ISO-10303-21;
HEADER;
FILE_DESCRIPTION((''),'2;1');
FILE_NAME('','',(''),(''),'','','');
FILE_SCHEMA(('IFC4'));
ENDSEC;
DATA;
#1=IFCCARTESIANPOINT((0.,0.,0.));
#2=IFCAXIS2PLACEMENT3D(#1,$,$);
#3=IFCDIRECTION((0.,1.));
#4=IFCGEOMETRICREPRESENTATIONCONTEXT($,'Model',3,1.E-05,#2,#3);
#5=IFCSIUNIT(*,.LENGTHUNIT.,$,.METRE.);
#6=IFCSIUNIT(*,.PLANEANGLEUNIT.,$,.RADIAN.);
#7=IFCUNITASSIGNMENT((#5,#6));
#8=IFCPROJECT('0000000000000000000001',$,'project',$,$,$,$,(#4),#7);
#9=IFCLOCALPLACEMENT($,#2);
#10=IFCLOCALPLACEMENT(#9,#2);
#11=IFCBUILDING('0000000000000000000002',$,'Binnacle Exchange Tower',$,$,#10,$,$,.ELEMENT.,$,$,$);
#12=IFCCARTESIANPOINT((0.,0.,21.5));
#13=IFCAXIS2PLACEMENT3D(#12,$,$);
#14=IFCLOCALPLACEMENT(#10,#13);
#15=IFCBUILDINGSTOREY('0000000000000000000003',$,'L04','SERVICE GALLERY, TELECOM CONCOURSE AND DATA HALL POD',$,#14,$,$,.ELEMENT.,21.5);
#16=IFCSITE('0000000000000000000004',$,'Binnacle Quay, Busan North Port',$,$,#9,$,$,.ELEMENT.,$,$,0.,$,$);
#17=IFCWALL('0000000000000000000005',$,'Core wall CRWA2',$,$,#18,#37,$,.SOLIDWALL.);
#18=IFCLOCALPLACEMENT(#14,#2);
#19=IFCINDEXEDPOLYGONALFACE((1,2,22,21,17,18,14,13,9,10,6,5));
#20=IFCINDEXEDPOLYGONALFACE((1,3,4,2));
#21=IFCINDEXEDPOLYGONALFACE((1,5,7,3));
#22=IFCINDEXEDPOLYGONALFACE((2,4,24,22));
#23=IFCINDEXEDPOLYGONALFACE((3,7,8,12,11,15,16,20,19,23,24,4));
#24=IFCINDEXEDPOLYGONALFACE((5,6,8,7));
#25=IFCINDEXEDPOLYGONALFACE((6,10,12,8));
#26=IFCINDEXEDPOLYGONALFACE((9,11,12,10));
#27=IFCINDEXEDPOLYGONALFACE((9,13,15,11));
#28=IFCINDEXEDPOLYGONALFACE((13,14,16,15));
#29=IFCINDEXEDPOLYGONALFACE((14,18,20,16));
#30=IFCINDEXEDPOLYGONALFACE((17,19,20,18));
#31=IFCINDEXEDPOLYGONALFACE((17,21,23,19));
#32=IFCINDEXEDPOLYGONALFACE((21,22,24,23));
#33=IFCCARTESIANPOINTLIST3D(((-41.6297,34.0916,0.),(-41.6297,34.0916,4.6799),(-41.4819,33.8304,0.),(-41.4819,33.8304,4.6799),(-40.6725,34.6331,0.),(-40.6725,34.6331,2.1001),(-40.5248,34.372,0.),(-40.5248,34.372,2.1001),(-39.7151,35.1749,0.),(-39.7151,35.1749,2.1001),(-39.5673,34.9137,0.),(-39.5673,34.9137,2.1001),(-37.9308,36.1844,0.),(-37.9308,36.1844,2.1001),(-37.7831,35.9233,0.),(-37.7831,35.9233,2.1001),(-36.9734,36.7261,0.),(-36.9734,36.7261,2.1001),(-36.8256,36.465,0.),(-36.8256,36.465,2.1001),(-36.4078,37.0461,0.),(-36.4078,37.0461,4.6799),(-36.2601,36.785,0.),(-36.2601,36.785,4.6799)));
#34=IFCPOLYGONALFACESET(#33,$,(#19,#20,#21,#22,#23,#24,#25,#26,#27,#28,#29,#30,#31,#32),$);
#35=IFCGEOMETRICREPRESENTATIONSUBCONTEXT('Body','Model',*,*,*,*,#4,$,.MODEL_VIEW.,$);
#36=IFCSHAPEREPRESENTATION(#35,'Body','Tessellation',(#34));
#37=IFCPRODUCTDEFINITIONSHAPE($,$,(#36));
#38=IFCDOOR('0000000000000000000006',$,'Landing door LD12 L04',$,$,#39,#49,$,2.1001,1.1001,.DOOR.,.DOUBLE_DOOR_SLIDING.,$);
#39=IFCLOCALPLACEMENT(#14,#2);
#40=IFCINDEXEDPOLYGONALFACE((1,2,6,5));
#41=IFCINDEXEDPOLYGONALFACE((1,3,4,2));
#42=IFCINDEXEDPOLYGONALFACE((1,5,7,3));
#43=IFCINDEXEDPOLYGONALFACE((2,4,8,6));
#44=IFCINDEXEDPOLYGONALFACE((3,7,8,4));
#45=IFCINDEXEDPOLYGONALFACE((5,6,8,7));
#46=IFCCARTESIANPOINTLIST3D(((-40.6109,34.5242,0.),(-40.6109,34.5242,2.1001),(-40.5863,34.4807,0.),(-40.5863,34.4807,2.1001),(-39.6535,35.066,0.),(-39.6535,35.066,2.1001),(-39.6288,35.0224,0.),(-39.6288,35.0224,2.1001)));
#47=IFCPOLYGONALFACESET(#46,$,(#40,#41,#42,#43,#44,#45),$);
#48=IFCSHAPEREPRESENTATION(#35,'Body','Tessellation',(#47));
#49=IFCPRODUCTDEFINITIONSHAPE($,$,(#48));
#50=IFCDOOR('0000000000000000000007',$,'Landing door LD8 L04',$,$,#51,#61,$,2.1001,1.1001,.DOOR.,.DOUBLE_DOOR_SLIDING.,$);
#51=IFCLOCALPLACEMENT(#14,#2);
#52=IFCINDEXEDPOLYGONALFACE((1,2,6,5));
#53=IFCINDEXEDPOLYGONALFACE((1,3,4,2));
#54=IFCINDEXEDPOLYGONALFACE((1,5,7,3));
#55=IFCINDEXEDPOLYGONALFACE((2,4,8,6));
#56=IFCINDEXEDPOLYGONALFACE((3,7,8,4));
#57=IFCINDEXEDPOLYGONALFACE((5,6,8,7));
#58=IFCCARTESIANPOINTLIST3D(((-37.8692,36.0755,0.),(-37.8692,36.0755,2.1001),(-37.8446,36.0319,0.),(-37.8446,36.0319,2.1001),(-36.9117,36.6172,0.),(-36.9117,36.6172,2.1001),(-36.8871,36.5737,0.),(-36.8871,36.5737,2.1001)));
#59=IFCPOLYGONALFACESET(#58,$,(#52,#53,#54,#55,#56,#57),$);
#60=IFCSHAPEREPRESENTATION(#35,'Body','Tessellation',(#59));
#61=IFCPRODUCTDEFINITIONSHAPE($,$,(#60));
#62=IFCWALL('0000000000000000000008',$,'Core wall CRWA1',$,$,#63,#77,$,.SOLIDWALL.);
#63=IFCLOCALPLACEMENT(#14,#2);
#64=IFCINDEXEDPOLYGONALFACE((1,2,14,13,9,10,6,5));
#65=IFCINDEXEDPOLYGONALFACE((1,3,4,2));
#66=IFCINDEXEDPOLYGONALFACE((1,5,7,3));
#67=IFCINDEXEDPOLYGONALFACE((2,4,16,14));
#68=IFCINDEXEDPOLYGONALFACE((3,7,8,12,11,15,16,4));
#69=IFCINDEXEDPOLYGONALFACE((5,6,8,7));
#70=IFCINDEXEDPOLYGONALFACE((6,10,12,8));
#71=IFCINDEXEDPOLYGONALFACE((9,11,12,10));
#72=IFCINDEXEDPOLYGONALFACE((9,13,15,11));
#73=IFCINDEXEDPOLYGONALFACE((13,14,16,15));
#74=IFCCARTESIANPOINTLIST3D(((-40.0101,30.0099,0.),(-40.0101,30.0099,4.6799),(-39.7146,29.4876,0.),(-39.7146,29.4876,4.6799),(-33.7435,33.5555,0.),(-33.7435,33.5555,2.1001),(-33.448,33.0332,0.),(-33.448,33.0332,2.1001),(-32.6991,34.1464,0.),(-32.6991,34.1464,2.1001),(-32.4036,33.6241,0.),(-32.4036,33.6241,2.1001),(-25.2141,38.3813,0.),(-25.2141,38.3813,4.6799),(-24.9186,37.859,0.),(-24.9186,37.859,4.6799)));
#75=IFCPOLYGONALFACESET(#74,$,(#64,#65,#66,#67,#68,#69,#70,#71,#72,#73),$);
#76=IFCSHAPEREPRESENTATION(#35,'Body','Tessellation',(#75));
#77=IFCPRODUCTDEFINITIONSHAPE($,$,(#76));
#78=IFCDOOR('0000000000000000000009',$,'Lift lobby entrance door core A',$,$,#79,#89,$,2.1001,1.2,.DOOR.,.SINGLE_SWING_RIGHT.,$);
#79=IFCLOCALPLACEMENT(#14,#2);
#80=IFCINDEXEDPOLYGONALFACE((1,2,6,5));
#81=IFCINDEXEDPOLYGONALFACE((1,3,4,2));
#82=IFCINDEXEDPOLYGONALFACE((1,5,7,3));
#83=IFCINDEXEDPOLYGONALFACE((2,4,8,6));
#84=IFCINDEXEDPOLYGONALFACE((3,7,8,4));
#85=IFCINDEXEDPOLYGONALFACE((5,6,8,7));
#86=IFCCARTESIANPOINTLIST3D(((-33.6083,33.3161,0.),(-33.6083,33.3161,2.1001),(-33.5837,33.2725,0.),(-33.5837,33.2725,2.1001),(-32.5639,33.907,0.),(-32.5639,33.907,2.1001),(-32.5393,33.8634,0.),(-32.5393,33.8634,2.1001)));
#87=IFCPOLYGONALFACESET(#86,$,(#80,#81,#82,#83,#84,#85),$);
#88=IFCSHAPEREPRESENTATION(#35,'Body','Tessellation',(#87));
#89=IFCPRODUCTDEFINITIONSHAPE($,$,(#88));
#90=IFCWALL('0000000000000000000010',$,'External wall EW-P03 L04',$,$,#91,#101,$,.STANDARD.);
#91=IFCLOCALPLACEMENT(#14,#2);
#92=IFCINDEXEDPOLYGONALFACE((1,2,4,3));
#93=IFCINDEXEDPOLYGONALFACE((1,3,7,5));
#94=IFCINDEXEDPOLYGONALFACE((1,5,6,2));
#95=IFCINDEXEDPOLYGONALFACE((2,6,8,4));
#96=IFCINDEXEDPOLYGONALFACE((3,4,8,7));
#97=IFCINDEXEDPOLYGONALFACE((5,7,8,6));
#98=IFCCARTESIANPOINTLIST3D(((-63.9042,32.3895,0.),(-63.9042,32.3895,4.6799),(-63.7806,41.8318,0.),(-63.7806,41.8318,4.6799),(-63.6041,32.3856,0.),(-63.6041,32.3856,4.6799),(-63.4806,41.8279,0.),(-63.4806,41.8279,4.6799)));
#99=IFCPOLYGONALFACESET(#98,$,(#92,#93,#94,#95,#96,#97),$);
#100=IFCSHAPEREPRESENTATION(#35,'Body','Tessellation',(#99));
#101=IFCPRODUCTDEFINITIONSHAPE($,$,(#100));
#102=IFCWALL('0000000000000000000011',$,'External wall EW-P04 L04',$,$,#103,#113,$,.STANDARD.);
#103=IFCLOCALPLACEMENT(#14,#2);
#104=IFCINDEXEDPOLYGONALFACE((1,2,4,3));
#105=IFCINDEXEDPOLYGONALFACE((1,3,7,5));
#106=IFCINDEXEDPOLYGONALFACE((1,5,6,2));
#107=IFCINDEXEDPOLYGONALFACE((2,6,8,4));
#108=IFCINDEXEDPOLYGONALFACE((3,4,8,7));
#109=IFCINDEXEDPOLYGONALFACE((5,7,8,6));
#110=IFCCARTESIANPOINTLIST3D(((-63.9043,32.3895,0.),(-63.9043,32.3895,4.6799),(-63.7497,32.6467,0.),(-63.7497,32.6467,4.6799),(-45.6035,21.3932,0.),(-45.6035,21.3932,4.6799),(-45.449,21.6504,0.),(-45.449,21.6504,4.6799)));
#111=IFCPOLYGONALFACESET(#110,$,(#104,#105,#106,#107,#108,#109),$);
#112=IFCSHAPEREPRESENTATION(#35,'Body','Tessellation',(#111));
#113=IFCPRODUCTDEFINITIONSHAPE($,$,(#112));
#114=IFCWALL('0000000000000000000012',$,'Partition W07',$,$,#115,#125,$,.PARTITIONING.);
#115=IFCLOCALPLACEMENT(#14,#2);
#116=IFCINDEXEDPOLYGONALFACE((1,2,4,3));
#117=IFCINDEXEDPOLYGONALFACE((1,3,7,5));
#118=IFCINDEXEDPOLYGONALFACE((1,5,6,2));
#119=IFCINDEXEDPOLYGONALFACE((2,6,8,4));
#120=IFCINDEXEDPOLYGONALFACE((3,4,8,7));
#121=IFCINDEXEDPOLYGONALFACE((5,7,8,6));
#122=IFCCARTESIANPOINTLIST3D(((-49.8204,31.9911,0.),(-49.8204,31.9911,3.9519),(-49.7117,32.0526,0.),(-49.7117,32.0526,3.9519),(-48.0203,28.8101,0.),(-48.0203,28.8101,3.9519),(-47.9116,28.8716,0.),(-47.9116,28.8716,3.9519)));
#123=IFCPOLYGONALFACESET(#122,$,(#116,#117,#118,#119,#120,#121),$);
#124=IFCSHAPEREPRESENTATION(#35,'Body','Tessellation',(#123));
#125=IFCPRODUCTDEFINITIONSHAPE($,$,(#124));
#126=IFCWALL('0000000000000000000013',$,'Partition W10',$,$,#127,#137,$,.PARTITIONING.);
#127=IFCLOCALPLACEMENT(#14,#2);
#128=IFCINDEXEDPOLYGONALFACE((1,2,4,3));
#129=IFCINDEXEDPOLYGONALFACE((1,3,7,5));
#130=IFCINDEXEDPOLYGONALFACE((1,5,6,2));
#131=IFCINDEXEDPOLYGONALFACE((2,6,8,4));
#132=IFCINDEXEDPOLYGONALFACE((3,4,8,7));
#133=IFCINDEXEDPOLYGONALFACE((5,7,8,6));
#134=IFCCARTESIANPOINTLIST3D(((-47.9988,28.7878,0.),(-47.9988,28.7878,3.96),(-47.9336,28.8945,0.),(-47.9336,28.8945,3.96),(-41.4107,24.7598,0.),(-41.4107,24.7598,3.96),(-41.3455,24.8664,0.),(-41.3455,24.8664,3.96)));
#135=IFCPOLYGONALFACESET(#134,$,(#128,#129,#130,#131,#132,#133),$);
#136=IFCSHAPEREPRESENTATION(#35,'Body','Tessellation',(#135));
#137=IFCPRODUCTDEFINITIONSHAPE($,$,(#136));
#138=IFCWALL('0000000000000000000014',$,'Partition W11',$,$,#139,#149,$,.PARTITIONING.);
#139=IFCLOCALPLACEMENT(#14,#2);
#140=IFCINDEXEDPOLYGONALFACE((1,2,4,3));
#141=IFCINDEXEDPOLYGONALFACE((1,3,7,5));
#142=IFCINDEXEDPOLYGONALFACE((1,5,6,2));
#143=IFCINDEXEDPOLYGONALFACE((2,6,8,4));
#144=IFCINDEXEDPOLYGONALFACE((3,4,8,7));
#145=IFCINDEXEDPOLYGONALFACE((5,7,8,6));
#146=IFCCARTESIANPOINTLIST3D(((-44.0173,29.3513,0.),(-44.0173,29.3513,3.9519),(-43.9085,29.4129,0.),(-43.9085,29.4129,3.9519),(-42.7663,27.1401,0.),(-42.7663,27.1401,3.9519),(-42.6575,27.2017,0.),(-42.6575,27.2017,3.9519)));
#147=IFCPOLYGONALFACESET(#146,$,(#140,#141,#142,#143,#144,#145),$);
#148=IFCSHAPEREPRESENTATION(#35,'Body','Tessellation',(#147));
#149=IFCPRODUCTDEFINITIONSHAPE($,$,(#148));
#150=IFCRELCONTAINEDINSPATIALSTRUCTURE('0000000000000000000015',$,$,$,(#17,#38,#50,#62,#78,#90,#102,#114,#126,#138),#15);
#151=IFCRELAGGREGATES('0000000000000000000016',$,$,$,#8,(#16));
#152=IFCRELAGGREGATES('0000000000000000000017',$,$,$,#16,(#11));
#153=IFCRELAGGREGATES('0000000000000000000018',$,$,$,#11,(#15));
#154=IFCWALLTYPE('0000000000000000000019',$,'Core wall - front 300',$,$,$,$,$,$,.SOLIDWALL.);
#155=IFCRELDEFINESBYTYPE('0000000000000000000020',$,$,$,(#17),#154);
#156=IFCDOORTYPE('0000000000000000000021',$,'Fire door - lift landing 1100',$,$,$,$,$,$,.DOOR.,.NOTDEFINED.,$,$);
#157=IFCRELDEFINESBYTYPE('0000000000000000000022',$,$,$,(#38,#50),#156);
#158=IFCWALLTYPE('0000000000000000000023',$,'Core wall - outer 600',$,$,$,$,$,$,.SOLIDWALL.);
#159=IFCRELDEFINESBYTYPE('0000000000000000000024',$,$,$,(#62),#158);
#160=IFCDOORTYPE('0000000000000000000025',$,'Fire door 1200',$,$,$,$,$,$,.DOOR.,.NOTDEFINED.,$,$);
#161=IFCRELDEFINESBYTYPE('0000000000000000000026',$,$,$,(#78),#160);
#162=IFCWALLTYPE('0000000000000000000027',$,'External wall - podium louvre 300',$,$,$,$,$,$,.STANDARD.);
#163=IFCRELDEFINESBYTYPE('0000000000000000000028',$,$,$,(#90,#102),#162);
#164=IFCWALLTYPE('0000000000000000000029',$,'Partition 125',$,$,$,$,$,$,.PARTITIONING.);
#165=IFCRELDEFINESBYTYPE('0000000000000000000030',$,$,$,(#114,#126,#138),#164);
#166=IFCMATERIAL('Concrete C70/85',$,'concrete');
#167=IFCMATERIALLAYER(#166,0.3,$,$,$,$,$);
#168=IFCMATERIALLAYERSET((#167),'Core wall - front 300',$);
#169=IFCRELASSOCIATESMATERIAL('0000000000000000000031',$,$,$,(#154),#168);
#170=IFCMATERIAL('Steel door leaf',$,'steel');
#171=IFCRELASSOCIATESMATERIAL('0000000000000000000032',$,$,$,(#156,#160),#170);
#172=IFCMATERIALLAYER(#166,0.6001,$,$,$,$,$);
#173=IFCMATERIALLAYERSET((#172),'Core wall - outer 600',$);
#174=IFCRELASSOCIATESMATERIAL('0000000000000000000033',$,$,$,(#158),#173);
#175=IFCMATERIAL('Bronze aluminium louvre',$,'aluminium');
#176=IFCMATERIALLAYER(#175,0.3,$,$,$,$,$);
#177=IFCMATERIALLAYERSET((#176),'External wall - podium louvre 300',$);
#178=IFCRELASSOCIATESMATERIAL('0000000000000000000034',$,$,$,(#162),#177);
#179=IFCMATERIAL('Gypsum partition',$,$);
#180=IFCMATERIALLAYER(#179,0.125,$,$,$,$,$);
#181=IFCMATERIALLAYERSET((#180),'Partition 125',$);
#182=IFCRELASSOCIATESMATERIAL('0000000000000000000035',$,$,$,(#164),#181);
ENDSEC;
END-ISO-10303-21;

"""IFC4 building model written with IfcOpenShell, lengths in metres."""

from ifc_helpers import new_model, si_unit, direction, frame, frame_2d, origin, place, context, subcontext, project, spatial, rectangle, extrude, material, layer, layer_set, type_object, element, fill, save


model = new_model("IFC4")

# Units and contexts
model_context = context("Model", 3, precision=1e-05, world=origin(), true_north=direction((0.0, 1.0)))
body_context = subcontext(model_context, "Body", "Model", "MODEL_VIEW")
ifc_project = project(units=[si_unit("LENGTHUNIT", "METRE"), si_unit("PLANEANGLEUNIT", "RADIAN")], contexts=[model_context])

# Site, building, storey
site_placement = place(None, origin())
site = spatial("IfcSite", under=ifc_project, at=site_placement, Name="Binnacle Quay, Busan North Port", CompositionType="ELEMENT", RefElevation=0.0)
building_placement = place(site_placement, origin())
building = spatial("IfcBuilding", under=site, at=building_placement, Name="Binnacle Exchange Tower", CompositionType="ELEMENT")
storey_placement = place(building_placement, frame((0.0, 0.0, 21.5)))
storey = spatial("IfcBuildingStorey", under=building, at=storey_placement, Name="L04", Description="SERVICE GALLERY, TELECOM CONCOURSE AND DATA HALL POD", CompositionType="ELEMENT", Elevation=21.5)

# Shared definitions
ifc_material_1 = material(Name="Concrete C70/85", Category="concrete")

# Wall, openings, doors
ifc_layer_1 = layer(ifc_material_1, 0.3)
ifc_layer_set_1 = layer_set([ifc_layer_1], Name="Core wall - front 300")
wall_type_1 = type_object("IfcWallType", Name="Core wall - front 300", PredefinedType="SOLIDWALL", material=ifc_layer_set_1)
wall_1_placement = place(storey_placement, frame((-41.5559, 33.9609, 0.0), z_axis=(0.0, 0.0, 1.0), x_axis=(0.870344, 0.492445, 0.0)))
wall_1 = element("IfcWall", 1, at=wall_1_placement, inside=storey, type_object=wall_type_1, Name="Core wall CRWA2", PredefinedType="SOLIDWALL", context=body_context, shape_type="SweptSolid", body=[
    extrude(rectangle(XDim=5.9998, YDim=0.3, at=frame_2d((3.0, 0.0))), origin(), (0.0, 0.0, 1.0), 4.6799),
])
opening_1_placement = place(wall_1_placement, frame((1.0999, 0.0, 0.0)))
opening_1 = element("IfcOpeningElement", 2, at=opening_1_placement, cuts=wall_1, PredefinedType="OPENING", context=body_context, shape_type="SweptSolid", body=[
    extrude(rectangle(XDim=1.1001, YDim=2.1001, at=frame_2d((0.55, 1.05))), frame((0.0, 0.1599, 0.0), z_axis=(0.0, -1.0, 0.0), x_axis=(1.0, 0.0, 0.0)), (0.0, 0.0, 1.0), 0.3201),
])
opening_2_placement = place(wall_1_placement, frame((4.25, 0.0, 0.0)))
opening_2 = element("IfcOpeningElement", 3, at=opening_2_placement, cuts=wall_1, PredefinedType="OPENING", context=body_context, shape_type="SweptSolid", body=[
    extrude(rectangle(XDim=1.1001, YDim=2.1001, at=frame_2d((0.55, 1.05))), frame((0.0, 0.1599, 0.0), z_axis=(0.0, -1.0, 0.0), x_axis=(1.0, 0.0, 0.0)), (0.0, 0.0, 1.0), 0.3201),
])
ifc_material_2 = material(Name="Steel door leaf", Category="steel")
door_type_1 = type_object("IfcDoorType", Name="Fire door - lift landing 1100", OperationType="NOTDEFINED", PredefinedType="DOOR", material=ifc_material_2)
door_1_placement = place(opening_1_placement, origin())
door_1 = element("IfcDoor", 4, at=door_1_placement, inside=storey, type_object=door_type_1, Name="Landing door LD12 L04", OperationType="DOUBLE_DOOR_SLIDING", OverallHeight=2.1001, OverallWidth=1.1001, PredefinedType="DOOR", context=body_context, shape_type="SweptSolid", body=[
    extrude(rectangle(XDim=1.1001, YDim=2.1001, at=frame_2d((0.55, 1.05))), frame((0.0, 0.0249, 0.0), z_axis=(0.0, -1.0, 0.0), x_axis=(1.0, 0.0, 0.0)), (0.0, 0.0, 1.0), 0.05),
])
fill(opening_1, door_1)
door_2_placement = place(opening_2_placement, origin())
door_2 = element("IfcDoor", 5, at=door_2_placement, inside=storey, type_object=door_type_1, Name="Landing door LD8 L04", OperationType="DOUBLE_DOOR_SLIDING", OverallHeight=2.1001, OverallWidth=1.1001, PredefinedType="DOOR", context=body_context, shape_type="SweptSolid", body=[
    extrude(rectangle(XDim=1.1001, YDim=2.1001, at=frame_2d((0.55, 1.05))), frame((0.0, 0.0249, 0.0), z_axis=(0.0, -1.0, 0.0), x_axis=(1.0, 0.0, 0.0)), (0.0, 0.0, 1.0), 0.05),
])
fill(opening_2, door_2)

# Wall, opening, door
ifc_layer_2 = layer(ifc_material_1, 0.6001)
ifc_layer_set_2 = layer_set([ifc_layer_2], Name="Core wall - outer 600")
wall_type_2 = type_object("IfcWallType", Name="Core wall - outer 600", PredefinedType="SOLIDWALL", material=ifc_layer_set_2)
wall_2_placement = place(storey_placement, frame((-39.8623, 29.7488, 0.0), z_axis=(0.0, 0.0, 1.0), x_axis=(0.87035, 0.492433, 0.0)))
wall_2 = element("IfcWall", 6, at=wall_2_placement, inside=storey, type_object=wall_type_2, Name="Core wall CRWA1", PredefinedType="SOLIDWALL", context=body_context, shape_type="SweptSolid", body=[
    extrude(rectangle(XDim=17.0, YDim=0.6001, at=frame_2d((8.5, 0.0))), origin(), (0.0, 0.0, 1.0), 4.6799),
])
opening_3_placement = place(wall_2_placement, frame((7.2, 0.0, 0.0)))
opening_3 = element("IfcOpeningElement", 7, at=opening_3_placement, cuts=wall_2, PredefinedType="OPENING", context=body_context, shape_type="SweptSolid", body=[
    extrude(rectangle(XDim=1.2, YDim=2.1001, at=frame_2d((0.6001, 1.05))), frame((0.0, 0.3101, 0.0), z_axis=(0.0, -1.0, 0.0), x_axis=(1.0, 0.0, 0.0)), (0.0, 0.0, 1.0), 0.6201),
])
door_type_2 = type_object("IfcDoorType", Name="Fire door 1200", OperationType="NOTDEFINED", PredefinedType="DOOR", material=ifc_material_2)
door_3_placement = place(opening_3_placement, frame((1.2, 0.0, 0.0), z_axis=(0.0, 0.0, 1.0), x_axis=(-1.0, 0.0, 0.0)))
door_3 = element("IfcDoor", 8, at=door_3_placement, inside=storey, type_object=door_type_2, Name="Lift lobby entrance door core A", OperationType="SINGLE_SWING_RIGHT", OverallHeight=2.1001, OverallWidth=1.2, PredefinedType="DOOR", context=body_context, shape_type="SweptSolid", body=[
    extrude(rectangle(XDim=1.2, YDim=2.1001, at=frame_2d((0.6001, 1.05))), frame((0.0, 0.0249, 0.0), z_axis=(0.0, -1.0, 0.0), x_axis=(1.0, 0.0, 0.0)), (0.0, 0.0, 1.0), 0.05),
])
fill(opening_3, door_3)

# Walls
ifc_material_3 = material(Name="Bronze aluminium louvre", Category="aluminium")
ifc_layer_3 = layer(ifc_material_3, 0.3)
ifc_layer_set_3 = layer_set([ifc_layer_3], Name="External wall - podium louvre 300")
wall_type_3 = type_object("IfcWallType", Name="External wall - podium louvre 300", PredefinedType="STANDARD", material=ifc_layer_set_3)
wall_3_placement = place(storey_placement, frame((-63.7542, 32.3875, 0.0), z_axis=(0.0, 0.0, 1.0), x_axis=(0.013082, 0.999914, 0.0)))
element("IfcWall", 9, at=wall_3_placement, inside=storey, type_object=wall_type_3, Name="External wall EW-P03 L04", PredefinedType="STANDARD", context=body_context, shape_type="SweptSolid", body=[
    extrude(rectangle(XDim=9.4431, YDim=0.3, at=frame_2d((4.7217, 0.0))), origin(), (0.0, 0.0, 1.0), 4.6799),
])
wall_4_placement = place(storey_placement, frame((-45.5261, 21.5217, 0.0), z_axis=(0.0, 0.0, 1.0), x_axis=(-0.857165, 0.515042, 0.0)))
element("IfcWall", 10, at=wall_4_placement, inside=storey, type_object=wall_type_3, Name="External wall EW-P04 L04", PredefinedType="STANDARD", context=body_context, shape_type="SweptSolid", body=[
    extrude(rectangle(XDim=21.3503, YDim=0.3, at=frame_2d((10.6753, 0.0))), origin(), (0.0, 0.0, 1.0), 4.6799),
])
ifc_material_4 = material(Name="Gypsum partition")
ifc_layer_4 = layer(ifc_material_4, 0.125)
ifc_layer_set_4 = layer_set([ifc_layer_4], Name="Partition 125")
wall_type_4 = type_object("IfcWallType", Name="Partition 125", PredefinedType="PARTITIONING", material=ifc_layer_set_4)
wall_5_placement = place(storey_placement, frame((-49.7661, 32.022, 0.0), z_axis=(0.0, 0.0, 1.0), x_axis=(0.492502, -0.870311, 0.0)))
element("IfcWall", 11, at=wall_5_placement, inside=storey, type_object=wall_type_4, Name="Partition W07", PredefinedType="PARTITIONING", context=body_context, shape_type="SweptSolid", body=[
    extrude(rectangle(XDim=3.655, YDim=0.125, at=frame_2d((1.8276, 0.0))), origin(), (0.0, 0.0, 1.0), 3.9519),
])
wall_6_placement = place(storey_placement, frame((-47.9661, 28.8411, 0.0), z_axis=(0.0, 0.0, 1.0), x_axis=(0.853167, -0.521638, 0.0)))
element("IfcWall", 12, at=wall_6_placement, inside=storey, type_object=wall_type_4, Name="Partition W10", PredefinedType="PARTITIONING", context=body_context, shape_type="SweptSolid", body=[
    extrude(rectangle(XDim=7.7219, YDim=0.125, at=frame_2d((3.8608, 0.0))), origin(), (0.0, 0.0, 1.0), 3.96),
])
wall_7_placement = place(storey_placement, frame((-43.9629, 29.3821, 0.0), z_axis=(0.0, 0.0, 1.0), x_axis=(0.492409, -0.870364, 0.0)))
element("IfcWall", 13, at=wall_7_placement, inside=storey, type_object=wall_type_4, Name="Partition W11", PredefinedType="PARTITIONING", context=body_context, shape_type="SweptSolid", body=[
    extrude(rectangle(XDim=2.5405, YDim=0.125, at=frame_2d((1.2703, 0.0))), origin(), (0.0, 0.0, 1.0), 3.9519),
])

save(model, "model.ifc")
